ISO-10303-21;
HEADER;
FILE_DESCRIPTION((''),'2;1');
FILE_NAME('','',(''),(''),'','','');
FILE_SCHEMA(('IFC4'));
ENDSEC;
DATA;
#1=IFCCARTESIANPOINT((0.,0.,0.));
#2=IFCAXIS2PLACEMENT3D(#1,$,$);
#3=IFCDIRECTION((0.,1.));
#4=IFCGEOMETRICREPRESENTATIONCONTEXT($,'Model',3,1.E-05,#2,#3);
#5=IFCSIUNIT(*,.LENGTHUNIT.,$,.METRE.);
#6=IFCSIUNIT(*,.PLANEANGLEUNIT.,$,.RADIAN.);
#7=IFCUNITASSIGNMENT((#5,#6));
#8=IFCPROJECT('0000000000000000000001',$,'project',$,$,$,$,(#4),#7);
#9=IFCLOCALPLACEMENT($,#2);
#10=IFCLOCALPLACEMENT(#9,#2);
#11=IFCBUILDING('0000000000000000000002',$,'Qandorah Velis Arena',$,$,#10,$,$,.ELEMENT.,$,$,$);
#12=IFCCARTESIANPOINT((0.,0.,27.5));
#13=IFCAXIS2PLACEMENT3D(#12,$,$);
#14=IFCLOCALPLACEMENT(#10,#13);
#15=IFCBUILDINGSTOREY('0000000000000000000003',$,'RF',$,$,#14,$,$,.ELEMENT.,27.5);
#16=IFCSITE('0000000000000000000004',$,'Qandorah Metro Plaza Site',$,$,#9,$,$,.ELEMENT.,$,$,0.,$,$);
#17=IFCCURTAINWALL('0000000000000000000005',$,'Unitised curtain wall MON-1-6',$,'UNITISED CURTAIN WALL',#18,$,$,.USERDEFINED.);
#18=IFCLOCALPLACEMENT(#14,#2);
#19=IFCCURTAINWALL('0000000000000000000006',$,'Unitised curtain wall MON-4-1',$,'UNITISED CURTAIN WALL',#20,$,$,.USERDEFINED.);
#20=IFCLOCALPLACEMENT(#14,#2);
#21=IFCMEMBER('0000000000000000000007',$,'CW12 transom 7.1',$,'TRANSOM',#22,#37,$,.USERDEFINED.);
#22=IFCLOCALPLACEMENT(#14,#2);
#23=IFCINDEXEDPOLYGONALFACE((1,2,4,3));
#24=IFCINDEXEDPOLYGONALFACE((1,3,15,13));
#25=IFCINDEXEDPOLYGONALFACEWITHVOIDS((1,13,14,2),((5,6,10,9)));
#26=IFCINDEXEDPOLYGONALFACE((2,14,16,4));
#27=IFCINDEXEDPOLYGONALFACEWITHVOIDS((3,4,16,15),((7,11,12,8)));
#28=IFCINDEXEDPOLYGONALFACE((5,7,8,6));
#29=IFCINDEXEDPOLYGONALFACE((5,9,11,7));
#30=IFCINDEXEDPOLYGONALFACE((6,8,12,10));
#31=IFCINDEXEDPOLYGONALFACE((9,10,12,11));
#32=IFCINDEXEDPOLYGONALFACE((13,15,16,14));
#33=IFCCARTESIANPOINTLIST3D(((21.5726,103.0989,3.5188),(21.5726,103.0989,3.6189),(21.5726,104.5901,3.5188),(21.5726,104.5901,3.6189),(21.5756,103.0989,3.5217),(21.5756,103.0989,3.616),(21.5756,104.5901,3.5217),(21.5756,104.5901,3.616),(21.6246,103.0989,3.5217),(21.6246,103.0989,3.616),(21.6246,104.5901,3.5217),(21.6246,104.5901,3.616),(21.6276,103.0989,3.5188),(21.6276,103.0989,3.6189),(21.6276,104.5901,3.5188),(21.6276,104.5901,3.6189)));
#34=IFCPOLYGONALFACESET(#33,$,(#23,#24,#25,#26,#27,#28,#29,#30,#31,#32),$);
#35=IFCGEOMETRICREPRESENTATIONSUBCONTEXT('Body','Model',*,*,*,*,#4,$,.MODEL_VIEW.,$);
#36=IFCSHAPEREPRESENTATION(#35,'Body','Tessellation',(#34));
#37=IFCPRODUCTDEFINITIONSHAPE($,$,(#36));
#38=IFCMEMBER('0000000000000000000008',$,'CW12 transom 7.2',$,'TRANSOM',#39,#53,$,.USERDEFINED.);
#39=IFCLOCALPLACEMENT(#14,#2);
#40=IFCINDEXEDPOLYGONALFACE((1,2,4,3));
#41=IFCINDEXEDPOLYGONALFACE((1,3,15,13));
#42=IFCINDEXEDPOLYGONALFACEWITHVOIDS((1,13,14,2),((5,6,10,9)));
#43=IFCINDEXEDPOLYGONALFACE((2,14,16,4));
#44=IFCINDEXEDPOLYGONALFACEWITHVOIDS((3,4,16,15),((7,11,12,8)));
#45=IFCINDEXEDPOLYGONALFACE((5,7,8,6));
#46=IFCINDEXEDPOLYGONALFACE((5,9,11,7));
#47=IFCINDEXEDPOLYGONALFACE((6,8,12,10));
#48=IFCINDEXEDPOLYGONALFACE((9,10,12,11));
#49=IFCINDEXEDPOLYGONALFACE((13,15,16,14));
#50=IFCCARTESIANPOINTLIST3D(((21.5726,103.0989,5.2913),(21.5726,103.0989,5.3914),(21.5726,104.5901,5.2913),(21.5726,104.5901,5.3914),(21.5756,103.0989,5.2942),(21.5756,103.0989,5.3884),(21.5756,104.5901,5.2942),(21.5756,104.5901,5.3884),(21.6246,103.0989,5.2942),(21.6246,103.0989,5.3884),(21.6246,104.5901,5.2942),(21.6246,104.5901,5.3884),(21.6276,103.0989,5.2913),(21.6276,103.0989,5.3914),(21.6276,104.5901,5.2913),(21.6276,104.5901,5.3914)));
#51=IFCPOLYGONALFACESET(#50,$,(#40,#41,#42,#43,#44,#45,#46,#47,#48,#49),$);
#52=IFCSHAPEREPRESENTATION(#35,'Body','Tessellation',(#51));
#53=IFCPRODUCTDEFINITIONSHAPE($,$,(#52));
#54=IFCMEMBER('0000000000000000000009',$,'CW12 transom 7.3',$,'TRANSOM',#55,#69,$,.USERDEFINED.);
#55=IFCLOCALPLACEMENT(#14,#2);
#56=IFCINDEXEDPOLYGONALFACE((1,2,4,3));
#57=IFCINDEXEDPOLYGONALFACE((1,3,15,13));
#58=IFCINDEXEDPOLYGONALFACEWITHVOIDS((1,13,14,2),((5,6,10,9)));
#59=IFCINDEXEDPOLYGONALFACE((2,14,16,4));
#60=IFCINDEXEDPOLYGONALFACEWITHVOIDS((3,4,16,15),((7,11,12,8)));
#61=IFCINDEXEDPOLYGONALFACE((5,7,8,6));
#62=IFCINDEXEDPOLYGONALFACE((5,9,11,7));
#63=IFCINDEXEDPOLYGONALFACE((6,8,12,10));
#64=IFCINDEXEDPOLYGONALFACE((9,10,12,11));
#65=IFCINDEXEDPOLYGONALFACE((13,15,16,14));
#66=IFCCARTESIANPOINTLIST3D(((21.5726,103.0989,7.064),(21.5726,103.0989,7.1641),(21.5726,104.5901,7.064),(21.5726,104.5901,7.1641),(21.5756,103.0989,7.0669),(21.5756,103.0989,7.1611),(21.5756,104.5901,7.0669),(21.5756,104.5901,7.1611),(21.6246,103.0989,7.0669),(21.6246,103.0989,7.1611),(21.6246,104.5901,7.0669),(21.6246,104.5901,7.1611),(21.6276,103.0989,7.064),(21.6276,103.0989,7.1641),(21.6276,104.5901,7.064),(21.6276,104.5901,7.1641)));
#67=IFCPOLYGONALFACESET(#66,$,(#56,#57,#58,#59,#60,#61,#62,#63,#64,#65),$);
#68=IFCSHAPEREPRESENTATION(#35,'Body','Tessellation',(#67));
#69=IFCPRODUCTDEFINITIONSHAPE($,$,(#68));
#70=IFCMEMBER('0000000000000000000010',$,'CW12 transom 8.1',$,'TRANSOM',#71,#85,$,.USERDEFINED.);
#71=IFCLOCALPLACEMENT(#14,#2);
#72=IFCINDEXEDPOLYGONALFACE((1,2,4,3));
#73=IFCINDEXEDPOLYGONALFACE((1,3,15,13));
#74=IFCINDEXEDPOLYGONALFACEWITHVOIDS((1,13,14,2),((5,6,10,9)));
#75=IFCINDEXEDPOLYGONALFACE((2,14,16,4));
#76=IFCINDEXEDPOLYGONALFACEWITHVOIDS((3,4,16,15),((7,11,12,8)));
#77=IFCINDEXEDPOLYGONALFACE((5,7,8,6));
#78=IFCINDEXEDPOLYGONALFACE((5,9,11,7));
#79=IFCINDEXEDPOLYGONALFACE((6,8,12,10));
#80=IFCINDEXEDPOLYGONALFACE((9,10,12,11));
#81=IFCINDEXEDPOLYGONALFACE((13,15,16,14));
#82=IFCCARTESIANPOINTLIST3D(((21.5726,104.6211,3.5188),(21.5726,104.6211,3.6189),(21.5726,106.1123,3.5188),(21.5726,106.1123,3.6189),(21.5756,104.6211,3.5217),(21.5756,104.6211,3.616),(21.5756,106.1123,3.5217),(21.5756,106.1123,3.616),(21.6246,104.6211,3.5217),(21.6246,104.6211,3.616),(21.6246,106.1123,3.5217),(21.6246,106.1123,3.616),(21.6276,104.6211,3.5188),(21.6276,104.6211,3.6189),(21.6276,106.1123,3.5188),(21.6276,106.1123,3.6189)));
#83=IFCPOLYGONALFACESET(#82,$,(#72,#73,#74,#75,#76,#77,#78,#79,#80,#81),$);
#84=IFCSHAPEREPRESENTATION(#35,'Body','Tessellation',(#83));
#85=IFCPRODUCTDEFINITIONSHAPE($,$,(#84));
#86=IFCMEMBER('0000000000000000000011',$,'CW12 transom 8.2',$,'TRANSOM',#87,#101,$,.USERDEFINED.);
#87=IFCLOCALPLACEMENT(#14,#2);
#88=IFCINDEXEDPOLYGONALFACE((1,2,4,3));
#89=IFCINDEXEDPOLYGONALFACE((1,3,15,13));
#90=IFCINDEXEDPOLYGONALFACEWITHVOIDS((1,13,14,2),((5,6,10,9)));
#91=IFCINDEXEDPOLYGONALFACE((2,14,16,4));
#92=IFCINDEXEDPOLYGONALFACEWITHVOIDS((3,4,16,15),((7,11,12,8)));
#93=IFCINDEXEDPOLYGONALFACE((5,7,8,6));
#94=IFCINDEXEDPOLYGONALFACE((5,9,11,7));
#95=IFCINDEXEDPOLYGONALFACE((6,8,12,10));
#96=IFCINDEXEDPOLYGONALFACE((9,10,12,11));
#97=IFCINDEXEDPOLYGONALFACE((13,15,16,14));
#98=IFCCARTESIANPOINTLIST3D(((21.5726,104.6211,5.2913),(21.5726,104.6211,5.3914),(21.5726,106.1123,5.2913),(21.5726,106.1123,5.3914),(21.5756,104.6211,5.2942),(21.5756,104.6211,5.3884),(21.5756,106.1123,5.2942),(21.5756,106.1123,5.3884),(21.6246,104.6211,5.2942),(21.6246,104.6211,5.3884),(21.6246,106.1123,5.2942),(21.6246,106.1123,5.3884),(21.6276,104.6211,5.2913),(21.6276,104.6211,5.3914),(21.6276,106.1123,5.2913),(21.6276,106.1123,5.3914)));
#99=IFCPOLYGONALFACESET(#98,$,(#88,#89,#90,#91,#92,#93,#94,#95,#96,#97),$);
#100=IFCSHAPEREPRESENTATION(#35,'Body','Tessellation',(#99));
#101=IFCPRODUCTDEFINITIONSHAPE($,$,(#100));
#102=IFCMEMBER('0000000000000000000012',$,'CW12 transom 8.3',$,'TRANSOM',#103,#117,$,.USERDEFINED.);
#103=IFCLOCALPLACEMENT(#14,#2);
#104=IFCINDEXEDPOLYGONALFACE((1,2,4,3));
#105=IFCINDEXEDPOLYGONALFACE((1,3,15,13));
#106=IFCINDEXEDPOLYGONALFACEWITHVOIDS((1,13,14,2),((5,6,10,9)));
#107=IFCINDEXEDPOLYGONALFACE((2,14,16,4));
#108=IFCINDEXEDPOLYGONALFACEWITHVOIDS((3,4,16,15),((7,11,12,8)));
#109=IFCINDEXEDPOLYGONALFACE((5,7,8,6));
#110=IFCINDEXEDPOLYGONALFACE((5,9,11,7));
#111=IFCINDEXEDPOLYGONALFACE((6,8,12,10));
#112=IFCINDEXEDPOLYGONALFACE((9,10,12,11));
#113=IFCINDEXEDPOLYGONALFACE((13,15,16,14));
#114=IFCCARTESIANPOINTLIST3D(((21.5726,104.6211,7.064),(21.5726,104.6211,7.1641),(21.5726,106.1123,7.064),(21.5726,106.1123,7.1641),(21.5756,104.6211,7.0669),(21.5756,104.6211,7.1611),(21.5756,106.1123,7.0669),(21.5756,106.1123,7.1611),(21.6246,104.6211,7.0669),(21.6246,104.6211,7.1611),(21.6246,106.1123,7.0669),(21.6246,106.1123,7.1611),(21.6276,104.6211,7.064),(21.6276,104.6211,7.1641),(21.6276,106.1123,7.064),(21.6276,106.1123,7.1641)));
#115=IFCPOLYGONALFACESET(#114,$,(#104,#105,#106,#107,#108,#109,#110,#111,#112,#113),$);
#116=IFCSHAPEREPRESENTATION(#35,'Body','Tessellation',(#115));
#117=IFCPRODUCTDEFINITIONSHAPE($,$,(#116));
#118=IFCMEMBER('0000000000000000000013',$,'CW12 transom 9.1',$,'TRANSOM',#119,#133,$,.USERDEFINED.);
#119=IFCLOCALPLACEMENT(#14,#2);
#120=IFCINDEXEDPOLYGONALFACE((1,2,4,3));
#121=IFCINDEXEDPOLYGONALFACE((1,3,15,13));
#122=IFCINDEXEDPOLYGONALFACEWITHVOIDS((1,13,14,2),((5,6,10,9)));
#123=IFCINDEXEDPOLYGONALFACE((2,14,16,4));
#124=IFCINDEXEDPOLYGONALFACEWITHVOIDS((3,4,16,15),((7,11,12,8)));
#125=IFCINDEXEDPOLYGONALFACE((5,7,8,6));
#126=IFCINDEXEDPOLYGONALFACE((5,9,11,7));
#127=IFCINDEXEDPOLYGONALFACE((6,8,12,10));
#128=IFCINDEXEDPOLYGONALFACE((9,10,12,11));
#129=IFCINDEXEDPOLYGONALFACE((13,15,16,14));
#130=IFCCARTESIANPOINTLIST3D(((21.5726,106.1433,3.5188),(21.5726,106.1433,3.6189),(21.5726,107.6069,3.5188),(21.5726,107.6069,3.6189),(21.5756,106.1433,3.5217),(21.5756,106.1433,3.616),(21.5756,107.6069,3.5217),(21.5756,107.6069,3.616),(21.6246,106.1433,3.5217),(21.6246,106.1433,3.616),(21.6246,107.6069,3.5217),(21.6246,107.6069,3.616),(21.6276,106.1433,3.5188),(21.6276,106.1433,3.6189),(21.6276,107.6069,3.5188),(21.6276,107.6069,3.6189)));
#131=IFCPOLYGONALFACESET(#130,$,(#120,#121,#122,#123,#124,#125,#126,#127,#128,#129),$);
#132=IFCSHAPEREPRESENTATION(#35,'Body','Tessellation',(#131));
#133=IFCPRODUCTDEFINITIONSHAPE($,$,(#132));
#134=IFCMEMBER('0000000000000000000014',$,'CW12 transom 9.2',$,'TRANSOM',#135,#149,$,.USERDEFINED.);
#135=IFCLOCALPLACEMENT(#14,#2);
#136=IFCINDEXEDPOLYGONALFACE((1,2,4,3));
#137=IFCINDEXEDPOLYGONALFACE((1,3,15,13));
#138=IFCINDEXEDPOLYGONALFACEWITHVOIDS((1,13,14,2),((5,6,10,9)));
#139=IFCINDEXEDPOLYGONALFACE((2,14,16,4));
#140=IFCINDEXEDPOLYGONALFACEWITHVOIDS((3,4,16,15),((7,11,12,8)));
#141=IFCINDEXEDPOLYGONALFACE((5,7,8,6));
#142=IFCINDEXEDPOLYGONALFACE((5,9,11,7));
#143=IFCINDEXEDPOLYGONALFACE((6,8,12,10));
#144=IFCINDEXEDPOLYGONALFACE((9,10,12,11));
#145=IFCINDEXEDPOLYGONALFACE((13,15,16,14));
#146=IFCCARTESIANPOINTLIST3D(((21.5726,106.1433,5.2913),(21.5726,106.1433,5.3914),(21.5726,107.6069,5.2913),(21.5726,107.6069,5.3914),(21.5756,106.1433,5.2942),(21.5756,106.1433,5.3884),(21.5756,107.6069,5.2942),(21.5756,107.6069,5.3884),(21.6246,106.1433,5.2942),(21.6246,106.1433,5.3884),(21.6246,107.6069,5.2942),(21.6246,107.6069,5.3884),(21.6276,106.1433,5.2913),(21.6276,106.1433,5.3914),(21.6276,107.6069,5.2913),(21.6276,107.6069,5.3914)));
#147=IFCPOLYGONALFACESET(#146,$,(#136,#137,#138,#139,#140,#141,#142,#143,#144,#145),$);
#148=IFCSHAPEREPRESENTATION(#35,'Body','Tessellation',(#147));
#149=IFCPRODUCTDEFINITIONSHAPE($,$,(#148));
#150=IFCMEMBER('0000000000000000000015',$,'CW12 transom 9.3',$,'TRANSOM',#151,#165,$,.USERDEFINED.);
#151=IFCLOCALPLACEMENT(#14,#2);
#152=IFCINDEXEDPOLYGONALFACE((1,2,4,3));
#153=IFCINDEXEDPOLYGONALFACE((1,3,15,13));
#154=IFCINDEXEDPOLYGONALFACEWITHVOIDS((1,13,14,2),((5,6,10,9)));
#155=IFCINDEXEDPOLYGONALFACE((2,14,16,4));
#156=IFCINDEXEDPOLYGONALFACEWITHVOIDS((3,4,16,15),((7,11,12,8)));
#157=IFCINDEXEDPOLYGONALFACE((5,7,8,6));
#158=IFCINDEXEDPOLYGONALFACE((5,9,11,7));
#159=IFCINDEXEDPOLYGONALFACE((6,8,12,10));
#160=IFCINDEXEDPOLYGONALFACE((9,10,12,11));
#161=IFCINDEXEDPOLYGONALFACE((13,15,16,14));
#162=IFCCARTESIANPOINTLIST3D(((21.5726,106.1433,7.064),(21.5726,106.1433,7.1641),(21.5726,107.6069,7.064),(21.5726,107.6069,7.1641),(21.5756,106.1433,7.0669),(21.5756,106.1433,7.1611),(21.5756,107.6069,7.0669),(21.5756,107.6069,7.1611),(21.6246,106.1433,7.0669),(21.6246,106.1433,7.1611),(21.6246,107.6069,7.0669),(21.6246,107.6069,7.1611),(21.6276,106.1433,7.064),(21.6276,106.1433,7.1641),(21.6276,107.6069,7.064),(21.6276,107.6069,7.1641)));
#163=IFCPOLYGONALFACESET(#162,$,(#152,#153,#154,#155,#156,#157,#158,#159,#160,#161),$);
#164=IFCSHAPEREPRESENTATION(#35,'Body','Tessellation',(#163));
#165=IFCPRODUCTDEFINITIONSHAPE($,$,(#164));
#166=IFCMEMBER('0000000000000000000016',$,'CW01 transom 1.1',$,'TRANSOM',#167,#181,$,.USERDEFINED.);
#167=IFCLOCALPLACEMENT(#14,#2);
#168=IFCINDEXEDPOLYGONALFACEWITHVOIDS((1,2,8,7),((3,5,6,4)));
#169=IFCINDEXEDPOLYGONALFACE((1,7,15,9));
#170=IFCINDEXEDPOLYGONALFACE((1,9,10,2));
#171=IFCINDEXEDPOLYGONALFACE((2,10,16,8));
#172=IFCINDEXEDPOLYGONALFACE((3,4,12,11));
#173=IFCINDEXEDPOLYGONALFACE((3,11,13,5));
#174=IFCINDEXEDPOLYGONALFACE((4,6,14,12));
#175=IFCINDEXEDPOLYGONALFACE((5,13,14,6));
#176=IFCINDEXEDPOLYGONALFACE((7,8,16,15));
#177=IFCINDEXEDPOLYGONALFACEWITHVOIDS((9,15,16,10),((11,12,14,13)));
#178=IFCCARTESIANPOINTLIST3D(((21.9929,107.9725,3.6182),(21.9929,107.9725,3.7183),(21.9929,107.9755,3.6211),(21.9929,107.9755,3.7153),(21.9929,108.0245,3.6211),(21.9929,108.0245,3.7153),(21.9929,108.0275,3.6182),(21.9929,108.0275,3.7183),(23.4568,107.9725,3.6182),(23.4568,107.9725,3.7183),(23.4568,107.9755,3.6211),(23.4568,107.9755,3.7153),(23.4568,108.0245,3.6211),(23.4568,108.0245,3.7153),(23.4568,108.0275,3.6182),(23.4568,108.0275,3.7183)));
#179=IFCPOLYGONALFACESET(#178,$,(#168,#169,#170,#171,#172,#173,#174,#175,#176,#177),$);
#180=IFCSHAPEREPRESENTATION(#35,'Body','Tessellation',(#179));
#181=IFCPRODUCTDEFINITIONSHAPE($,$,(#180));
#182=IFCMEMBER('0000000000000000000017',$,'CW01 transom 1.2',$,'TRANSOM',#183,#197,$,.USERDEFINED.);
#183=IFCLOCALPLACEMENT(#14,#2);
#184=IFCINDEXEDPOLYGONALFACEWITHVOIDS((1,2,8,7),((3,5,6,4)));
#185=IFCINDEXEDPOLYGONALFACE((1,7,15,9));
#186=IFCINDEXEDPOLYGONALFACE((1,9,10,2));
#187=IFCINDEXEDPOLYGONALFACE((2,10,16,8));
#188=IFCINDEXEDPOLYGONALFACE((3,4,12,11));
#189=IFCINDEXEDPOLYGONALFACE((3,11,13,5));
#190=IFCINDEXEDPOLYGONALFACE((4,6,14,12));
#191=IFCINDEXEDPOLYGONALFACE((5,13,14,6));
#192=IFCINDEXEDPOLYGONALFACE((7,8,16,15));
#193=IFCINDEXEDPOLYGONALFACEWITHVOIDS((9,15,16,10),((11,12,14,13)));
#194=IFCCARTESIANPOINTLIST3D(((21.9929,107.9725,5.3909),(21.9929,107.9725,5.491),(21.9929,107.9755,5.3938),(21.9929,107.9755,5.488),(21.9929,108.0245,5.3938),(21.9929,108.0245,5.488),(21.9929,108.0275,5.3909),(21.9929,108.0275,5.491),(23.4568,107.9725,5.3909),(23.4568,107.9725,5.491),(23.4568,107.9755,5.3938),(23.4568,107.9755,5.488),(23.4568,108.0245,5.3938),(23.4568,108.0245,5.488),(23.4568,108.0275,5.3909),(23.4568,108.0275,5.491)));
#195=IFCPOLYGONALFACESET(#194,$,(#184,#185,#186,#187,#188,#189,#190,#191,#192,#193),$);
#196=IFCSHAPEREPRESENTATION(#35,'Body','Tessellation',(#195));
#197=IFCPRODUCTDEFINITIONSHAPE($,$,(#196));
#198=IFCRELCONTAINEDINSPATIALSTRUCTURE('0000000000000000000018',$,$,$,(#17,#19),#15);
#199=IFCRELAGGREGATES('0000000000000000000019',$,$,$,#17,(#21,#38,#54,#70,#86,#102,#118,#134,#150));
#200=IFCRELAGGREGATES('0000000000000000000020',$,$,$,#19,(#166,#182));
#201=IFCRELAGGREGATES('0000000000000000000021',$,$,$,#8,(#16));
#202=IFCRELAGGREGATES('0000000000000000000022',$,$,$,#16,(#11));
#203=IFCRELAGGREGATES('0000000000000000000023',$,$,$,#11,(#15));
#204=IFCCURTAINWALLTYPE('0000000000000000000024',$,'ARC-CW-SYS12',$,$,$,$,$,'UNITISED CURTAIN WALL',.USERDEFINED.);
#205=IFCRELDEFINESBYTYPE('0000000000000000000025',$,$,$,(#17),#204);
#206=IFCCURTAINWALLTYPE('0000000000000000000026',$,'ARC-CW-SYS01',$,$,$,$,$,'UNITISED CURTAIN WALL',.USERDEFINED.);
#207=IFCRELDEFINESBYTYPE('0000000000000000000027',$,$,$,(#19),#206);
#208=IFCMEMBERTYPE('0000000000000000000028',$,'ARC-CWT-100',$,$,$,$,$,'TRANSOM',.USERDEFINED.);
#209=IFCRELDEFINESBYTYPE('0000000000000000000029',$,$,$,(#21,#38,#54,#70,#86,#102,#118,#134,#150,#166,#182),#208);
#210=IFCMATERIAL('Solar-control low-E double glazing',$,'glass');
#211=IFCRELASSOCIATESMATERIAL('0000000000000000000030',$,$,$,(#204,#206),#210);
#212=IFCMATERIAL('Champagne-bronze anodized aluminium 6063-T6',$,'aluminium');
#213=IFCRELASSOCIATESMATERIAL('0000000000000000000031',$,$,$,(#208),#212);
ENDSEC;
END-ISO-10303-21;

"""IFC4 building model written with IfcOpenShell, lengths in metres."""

from ifc_helpers import new_model, si_unit, direction, frame, origin, origin_2d, place, context, subcontext, project, spatial, hollow_rectangle, extrude, material, material_profile, profile_set, type_object, element, aggregate, save


model = new_model("IFC4")

# Units and contexts
model_context = context("Model", 3, precision=1e-05, world=origin(), true_north=direction((0.0, 1.0)))
body_context = subcontext(model_context, "Body", "Model", "MODEL_VIEW")
ifc_project = project(units=[si_unit("LENGTHUNIT", "METRE"), si_unit("PLANEANGLEUNIT", "RADIAN")], contexts=[model_context])

# Site, building, storey
site_placement = place(None, origin())
site = spatial("IfcSite", under=ifc_project, at=site_placement, Name="Qandorah Metro Plaza Site", CompositionType="ELEMENT", RefElevation=0.0)
building_placement = place(site_placement, origin())
building = spatial("IfcBuilding", under=site, at=building_placement, Name="Qandorah Velis Arena", CompositionType="ELEMENT")
storey_placement = place(building_placement, frame((0.0, 0.0, 27.5)))
storey = spatial("IfcBuildingStorey", under=building, at=storey_placement, Name="RF", CompositionType="ELEMENT", Elevation=27.5)

# Curtain walls
ifc_material_1 = material(Name="Solar-control low-E double glazing", Category="glass")
curtain_wall_type_1 = type_object("IfcCurtainWallType", Name="ARC-CW-SYS12", ElementType="UNITISED CURTAIN WALL", PredefinedType="USERDEFINED", material=ifc_material_1)
curtain_wall_1_placement = place(storey_placement, origin())
curtain_wall_1 = element("IfcCurtainWall", 1, at=curtain_wall_1_placement, inside=storey, type_object=curtain_wall_type_1, Name="Unitised curtain wall MON-1-6", ObjectType="UNITISED CURTAIN WALL", PredefinedType="USERDEFINED")
ifc_material_2 = material(Name="Champagne-bronze anodized aluminium 6063-T6", Category="aluminium")
curtain_wall_type_2 = type_object("IfcCurtainWallType", Name="ARC-CW-SYS01", ElementType="UNITISED CURTAIN WALL", PredefinedType="USERDEFINED", material=ifc_material_1)
curtain_wall_2_placement = place(storey_placement, origin())
curtain_wall_2 = element("IfcCurtainWall", 2, at=curtain_wall_2_placement, inside=storey, type_object=curtain_wall_type_2, Name="Unitised curtain wall MON-4-1", ObjectType="UNITISED CURTAIN WALL", PredefinedType="USERDEFINED")

# Members
ifc_material_profile_1 = material_profile(ifc_material_2, hollow_rectangle(XDim=0.0549, YDim=0.1001, WallThickness=0.0029, at=origin_2d()), Name="ALU TRANSOM 55x100")
ifc_profile_set_1 = profile_set([ifc_material_profile_1], Name="Champagne-bronze anodized aluminium 6063-T6")
member_type_1 = type_object("IfcMemberType", Name="ARC-CWT-100", ElementType="TRANSOM", PredefinedType="USERDEFINED", material=ifc_profile_set_1)
member_1_placement = place(storey_placement, frame((21.6001, 103.0989, 3.5688), z_axis=(0.0, 1.0, 0.0), x_axis=(-1.0, 0.0, 0.0)))
member_1 = element("IfcMember", 3, at=member_1_placement, type_object=member_type_1, Name="CW12 transom 7.1", ObjectType="TRANSOM", PredefinedType="USERDEFINED", context=body_context, shape_type="SweptSolid", body=[
    extrude(hollow_rectangle(XDim=0.0549, YDim=0.1001, WallThickness=0.0029, at=origin_2d()), origin(), (0.0, 0.0, 1.0), 1.4912),
])
member_2_placement = place(storey_placement, frame((21.6001, 103.0989, 5.3413), z_axis=(0.0, 1.0, 0.0), x_axis=(-1.0, 0.0, 0.0)))
member_2 = element("IfcMember", 4, at=member_2_placement, type_object=member_type_1, Name="CW12 transom 7.2", ObjectType="TRANSOM", PredefinedType="USERDEFINED", context=body_context, shape_type="SweptSolid", body=[
    extrude(hollow_rectangle(XDim=0.0549, YDim=0.1001, WallThickness=0.0029, at=origin_2d()), origin(), (0.0, 0.0, 1.0), 1.4912),
])
member_3_placement = place(storey_placement, frame((21.6001, 103.0989, 7.114), z_axis=(0.0, 1.0, 0.0), x_axis=(-1.0, 0.0, 0.0)))
member_3 = element("IfcMember", 5, at=member_3_placement, type_object=member_type_1, Name="CW12 transom 7.3", ObjectType="TRANSOM", PredefinedType="USERDEFINED", context=body_context, shape_type="SweptSolid", body=[
    extrude(hollow_rectangle(XDim=0.0549, YDim=0.1001, WallThickness=0.0029, at=origin_2d()), origin(), (0.0, 0.0, 1.0), 1.4912),
])
member_4_placement = place(storey_placement, frame((21.6001, 104.6211, 3.5688), z_axis=(0.0, 1.0, 0.0), x_axis=(-1.0, 0.0, 0.0)))
member_4 = element("IfcMember", 6, at=member_4_placement, type_object=member_type_1, Name="CW12 transom 8.1", ObjectType="TRANSOM", PredefinedType="USERDEFINED", context=body_context, shape_type="SweptSolid", body=[
    extrude(hollow_rectangle(XDim=0.0549, YDim=0.1001, WallThickness=0.0029, at=origin_2d()), origin(), (0.0, 0.0, 1.0), 1.4912),
])
member_5_placement = place(storey_placement, frame((21.6001, 104.6211, 5.3413), z_axis=(0.0, 1.0, 0.0), x_axis=(-1.0, 0.0, 0.0)))
member_5 = element("IfcMember", 7, at=member_5_placement, type_object=member_type_1, Name="CW12 transom 8.2", ObjectType="TRANSOM", PredefinedType="USERDEFINED", context=body_context, shape_type="SweptSolid", body=[
    extrude(hollow_rectangle(XDim=0.0549, YDim=0.1001, WallThickness=0.0029, at=origin_2d()), origin(), (0.0, 0.0, 1.0), 1.4912),
])
member_6_placement = place(storey_placement, frame((21.6001, 104.6211, 7.114), z_axis=(0.0, 1.0, 0.0), x_axis=(-1.0, 0.0, 0.0)))
member_6 = element("IfcMember", 8, at=member_6_placement, type_object=member_type_1, Name="CW12 transom 8.3", ObjectType="TRANSOM", PredefinedType="USERDEFINED", context=body_context, shape_type="SweptSolid", body=[
    extrude(hollow_rectangle(XDim=0.0549, YDim=0.1001, WallThickness=0.0029, at=origin_2d()), origin(), (0.0, 0.0, 1.0), 1.4912),
])
member_7_placement = place(storey_placement, frame((21.6001, 106.1433, 3.5688), z_axis=(0.0, 1.0, 0.0), x_axis=(-1.0, 0.0, 0.0)))
member_7 = element("IfcMember", 9, at=member_7_placement, type_object=member_type_1, Name="CW12 transom 9.1", ObjectType="TRANSOM", PredefinedType="USERDEFINED", context=body_context, shape_type="SweptSolid", body=[
    extrude(hollow_rectangle(XDim=0.0549, YDim=0.1001, WallThickness=0.0029, at=origin_2d()), origin(), (0.0, 0.0, 1.0), 1.4636),
])
member_8_placement = place(storey_placement, frame((21.6001, 106.1433, 5.3413), z_axis=(0.0, 1.0, 0.0), x_axis=(-1.0, 0.0, 0.0)))
member_8 = element("IfcMember", 10, at=member_8_placement, type_object=member_type_1, Name="CW12 transom 9.2", ObjectType="TRANSOM", PredefinedType="USERDEFINED", context=body_context, shape_type="SweptSolid", body=[
    extrude(hollow_rectangle(XDim=0.0549, YDim=0.1001, WallThickness=0.0029, at=origin_2d()), origin(), (0.0, 0.0, 1.0), 1.4636),
])
member_9_placement = place(storey_placement, frame((21.6001, 106.1433, 7.114), z_axis=(0.0, 1.0, 0.0), x_axis=(-1.0, 0.0, 0.0)))
member_9 = element("IfcMember", 11, at=member_9_placement, type_object=member_type_1, Name="CW12 transom 9.3", ObjectType="TRANSOM", PredefinedType="USERDEFINED", context=body_context, shape_type="SweptSolid", body=[
    extrude(hollow_rectangle(XDim=0.0549, YDim=0.1001, WallThickness=0.0029, at=origin_2d()), origin(), (0.0, 0.0, 1.0), 1.4636),
])
member_10_placement = place(storey_placement, frame((21.9929, 108.0, 3.6682), z_axis=(1.0, 0.0, 0.0), x_axis=(0.0, 1.0, 0.0)))
member_10 = element("IfcMember", 12, at=member_10_placement, type_object=member_type_1, Name="CW01 transom 1.1", ObjectType="TRANSOM", PredefinedType="USERDEFINED", context=body_context, shape_type="SweptSolid", body=[
    extrude(hollow_rectangle(XDim=0.0549, YDim=0.1001, WallThickness=0.0029, at=origin_2d()), origin(), (0.0, 0.0, 1.0), 1.4639),
])
member_11_placement = place(storey_placement, frame((21.9929, 108.0, 5.4409), z_axis=(1.0, 0.0, 0.0), x_axis=(0.0, 1.0, 0.0)))
member_11 = element("IfcMember", 13, at=member_11_placement, type_object=member_type_1, Name="CW01 transom 1.2", ObjectType="TRANSOM", PredefinedType="USERDEFINED", context=body_context, shape_type="SweptSolid", body=[
    extrude(hollow_rectangle(XDim=0.0549, YDim=0.1001, WallThickness=0.0029, at=origin_2d()), origin(), (0.0, 0.0, 1.0), 1.4639),
])

aggregate(curtain_wall_1, [member_1, member_2, member_3, member_4, member_5, member_6, member_7, member_8, member_9])
aggregate(curtain_wall_2, [member_10, member_11])

save(model, "model.ifc")
